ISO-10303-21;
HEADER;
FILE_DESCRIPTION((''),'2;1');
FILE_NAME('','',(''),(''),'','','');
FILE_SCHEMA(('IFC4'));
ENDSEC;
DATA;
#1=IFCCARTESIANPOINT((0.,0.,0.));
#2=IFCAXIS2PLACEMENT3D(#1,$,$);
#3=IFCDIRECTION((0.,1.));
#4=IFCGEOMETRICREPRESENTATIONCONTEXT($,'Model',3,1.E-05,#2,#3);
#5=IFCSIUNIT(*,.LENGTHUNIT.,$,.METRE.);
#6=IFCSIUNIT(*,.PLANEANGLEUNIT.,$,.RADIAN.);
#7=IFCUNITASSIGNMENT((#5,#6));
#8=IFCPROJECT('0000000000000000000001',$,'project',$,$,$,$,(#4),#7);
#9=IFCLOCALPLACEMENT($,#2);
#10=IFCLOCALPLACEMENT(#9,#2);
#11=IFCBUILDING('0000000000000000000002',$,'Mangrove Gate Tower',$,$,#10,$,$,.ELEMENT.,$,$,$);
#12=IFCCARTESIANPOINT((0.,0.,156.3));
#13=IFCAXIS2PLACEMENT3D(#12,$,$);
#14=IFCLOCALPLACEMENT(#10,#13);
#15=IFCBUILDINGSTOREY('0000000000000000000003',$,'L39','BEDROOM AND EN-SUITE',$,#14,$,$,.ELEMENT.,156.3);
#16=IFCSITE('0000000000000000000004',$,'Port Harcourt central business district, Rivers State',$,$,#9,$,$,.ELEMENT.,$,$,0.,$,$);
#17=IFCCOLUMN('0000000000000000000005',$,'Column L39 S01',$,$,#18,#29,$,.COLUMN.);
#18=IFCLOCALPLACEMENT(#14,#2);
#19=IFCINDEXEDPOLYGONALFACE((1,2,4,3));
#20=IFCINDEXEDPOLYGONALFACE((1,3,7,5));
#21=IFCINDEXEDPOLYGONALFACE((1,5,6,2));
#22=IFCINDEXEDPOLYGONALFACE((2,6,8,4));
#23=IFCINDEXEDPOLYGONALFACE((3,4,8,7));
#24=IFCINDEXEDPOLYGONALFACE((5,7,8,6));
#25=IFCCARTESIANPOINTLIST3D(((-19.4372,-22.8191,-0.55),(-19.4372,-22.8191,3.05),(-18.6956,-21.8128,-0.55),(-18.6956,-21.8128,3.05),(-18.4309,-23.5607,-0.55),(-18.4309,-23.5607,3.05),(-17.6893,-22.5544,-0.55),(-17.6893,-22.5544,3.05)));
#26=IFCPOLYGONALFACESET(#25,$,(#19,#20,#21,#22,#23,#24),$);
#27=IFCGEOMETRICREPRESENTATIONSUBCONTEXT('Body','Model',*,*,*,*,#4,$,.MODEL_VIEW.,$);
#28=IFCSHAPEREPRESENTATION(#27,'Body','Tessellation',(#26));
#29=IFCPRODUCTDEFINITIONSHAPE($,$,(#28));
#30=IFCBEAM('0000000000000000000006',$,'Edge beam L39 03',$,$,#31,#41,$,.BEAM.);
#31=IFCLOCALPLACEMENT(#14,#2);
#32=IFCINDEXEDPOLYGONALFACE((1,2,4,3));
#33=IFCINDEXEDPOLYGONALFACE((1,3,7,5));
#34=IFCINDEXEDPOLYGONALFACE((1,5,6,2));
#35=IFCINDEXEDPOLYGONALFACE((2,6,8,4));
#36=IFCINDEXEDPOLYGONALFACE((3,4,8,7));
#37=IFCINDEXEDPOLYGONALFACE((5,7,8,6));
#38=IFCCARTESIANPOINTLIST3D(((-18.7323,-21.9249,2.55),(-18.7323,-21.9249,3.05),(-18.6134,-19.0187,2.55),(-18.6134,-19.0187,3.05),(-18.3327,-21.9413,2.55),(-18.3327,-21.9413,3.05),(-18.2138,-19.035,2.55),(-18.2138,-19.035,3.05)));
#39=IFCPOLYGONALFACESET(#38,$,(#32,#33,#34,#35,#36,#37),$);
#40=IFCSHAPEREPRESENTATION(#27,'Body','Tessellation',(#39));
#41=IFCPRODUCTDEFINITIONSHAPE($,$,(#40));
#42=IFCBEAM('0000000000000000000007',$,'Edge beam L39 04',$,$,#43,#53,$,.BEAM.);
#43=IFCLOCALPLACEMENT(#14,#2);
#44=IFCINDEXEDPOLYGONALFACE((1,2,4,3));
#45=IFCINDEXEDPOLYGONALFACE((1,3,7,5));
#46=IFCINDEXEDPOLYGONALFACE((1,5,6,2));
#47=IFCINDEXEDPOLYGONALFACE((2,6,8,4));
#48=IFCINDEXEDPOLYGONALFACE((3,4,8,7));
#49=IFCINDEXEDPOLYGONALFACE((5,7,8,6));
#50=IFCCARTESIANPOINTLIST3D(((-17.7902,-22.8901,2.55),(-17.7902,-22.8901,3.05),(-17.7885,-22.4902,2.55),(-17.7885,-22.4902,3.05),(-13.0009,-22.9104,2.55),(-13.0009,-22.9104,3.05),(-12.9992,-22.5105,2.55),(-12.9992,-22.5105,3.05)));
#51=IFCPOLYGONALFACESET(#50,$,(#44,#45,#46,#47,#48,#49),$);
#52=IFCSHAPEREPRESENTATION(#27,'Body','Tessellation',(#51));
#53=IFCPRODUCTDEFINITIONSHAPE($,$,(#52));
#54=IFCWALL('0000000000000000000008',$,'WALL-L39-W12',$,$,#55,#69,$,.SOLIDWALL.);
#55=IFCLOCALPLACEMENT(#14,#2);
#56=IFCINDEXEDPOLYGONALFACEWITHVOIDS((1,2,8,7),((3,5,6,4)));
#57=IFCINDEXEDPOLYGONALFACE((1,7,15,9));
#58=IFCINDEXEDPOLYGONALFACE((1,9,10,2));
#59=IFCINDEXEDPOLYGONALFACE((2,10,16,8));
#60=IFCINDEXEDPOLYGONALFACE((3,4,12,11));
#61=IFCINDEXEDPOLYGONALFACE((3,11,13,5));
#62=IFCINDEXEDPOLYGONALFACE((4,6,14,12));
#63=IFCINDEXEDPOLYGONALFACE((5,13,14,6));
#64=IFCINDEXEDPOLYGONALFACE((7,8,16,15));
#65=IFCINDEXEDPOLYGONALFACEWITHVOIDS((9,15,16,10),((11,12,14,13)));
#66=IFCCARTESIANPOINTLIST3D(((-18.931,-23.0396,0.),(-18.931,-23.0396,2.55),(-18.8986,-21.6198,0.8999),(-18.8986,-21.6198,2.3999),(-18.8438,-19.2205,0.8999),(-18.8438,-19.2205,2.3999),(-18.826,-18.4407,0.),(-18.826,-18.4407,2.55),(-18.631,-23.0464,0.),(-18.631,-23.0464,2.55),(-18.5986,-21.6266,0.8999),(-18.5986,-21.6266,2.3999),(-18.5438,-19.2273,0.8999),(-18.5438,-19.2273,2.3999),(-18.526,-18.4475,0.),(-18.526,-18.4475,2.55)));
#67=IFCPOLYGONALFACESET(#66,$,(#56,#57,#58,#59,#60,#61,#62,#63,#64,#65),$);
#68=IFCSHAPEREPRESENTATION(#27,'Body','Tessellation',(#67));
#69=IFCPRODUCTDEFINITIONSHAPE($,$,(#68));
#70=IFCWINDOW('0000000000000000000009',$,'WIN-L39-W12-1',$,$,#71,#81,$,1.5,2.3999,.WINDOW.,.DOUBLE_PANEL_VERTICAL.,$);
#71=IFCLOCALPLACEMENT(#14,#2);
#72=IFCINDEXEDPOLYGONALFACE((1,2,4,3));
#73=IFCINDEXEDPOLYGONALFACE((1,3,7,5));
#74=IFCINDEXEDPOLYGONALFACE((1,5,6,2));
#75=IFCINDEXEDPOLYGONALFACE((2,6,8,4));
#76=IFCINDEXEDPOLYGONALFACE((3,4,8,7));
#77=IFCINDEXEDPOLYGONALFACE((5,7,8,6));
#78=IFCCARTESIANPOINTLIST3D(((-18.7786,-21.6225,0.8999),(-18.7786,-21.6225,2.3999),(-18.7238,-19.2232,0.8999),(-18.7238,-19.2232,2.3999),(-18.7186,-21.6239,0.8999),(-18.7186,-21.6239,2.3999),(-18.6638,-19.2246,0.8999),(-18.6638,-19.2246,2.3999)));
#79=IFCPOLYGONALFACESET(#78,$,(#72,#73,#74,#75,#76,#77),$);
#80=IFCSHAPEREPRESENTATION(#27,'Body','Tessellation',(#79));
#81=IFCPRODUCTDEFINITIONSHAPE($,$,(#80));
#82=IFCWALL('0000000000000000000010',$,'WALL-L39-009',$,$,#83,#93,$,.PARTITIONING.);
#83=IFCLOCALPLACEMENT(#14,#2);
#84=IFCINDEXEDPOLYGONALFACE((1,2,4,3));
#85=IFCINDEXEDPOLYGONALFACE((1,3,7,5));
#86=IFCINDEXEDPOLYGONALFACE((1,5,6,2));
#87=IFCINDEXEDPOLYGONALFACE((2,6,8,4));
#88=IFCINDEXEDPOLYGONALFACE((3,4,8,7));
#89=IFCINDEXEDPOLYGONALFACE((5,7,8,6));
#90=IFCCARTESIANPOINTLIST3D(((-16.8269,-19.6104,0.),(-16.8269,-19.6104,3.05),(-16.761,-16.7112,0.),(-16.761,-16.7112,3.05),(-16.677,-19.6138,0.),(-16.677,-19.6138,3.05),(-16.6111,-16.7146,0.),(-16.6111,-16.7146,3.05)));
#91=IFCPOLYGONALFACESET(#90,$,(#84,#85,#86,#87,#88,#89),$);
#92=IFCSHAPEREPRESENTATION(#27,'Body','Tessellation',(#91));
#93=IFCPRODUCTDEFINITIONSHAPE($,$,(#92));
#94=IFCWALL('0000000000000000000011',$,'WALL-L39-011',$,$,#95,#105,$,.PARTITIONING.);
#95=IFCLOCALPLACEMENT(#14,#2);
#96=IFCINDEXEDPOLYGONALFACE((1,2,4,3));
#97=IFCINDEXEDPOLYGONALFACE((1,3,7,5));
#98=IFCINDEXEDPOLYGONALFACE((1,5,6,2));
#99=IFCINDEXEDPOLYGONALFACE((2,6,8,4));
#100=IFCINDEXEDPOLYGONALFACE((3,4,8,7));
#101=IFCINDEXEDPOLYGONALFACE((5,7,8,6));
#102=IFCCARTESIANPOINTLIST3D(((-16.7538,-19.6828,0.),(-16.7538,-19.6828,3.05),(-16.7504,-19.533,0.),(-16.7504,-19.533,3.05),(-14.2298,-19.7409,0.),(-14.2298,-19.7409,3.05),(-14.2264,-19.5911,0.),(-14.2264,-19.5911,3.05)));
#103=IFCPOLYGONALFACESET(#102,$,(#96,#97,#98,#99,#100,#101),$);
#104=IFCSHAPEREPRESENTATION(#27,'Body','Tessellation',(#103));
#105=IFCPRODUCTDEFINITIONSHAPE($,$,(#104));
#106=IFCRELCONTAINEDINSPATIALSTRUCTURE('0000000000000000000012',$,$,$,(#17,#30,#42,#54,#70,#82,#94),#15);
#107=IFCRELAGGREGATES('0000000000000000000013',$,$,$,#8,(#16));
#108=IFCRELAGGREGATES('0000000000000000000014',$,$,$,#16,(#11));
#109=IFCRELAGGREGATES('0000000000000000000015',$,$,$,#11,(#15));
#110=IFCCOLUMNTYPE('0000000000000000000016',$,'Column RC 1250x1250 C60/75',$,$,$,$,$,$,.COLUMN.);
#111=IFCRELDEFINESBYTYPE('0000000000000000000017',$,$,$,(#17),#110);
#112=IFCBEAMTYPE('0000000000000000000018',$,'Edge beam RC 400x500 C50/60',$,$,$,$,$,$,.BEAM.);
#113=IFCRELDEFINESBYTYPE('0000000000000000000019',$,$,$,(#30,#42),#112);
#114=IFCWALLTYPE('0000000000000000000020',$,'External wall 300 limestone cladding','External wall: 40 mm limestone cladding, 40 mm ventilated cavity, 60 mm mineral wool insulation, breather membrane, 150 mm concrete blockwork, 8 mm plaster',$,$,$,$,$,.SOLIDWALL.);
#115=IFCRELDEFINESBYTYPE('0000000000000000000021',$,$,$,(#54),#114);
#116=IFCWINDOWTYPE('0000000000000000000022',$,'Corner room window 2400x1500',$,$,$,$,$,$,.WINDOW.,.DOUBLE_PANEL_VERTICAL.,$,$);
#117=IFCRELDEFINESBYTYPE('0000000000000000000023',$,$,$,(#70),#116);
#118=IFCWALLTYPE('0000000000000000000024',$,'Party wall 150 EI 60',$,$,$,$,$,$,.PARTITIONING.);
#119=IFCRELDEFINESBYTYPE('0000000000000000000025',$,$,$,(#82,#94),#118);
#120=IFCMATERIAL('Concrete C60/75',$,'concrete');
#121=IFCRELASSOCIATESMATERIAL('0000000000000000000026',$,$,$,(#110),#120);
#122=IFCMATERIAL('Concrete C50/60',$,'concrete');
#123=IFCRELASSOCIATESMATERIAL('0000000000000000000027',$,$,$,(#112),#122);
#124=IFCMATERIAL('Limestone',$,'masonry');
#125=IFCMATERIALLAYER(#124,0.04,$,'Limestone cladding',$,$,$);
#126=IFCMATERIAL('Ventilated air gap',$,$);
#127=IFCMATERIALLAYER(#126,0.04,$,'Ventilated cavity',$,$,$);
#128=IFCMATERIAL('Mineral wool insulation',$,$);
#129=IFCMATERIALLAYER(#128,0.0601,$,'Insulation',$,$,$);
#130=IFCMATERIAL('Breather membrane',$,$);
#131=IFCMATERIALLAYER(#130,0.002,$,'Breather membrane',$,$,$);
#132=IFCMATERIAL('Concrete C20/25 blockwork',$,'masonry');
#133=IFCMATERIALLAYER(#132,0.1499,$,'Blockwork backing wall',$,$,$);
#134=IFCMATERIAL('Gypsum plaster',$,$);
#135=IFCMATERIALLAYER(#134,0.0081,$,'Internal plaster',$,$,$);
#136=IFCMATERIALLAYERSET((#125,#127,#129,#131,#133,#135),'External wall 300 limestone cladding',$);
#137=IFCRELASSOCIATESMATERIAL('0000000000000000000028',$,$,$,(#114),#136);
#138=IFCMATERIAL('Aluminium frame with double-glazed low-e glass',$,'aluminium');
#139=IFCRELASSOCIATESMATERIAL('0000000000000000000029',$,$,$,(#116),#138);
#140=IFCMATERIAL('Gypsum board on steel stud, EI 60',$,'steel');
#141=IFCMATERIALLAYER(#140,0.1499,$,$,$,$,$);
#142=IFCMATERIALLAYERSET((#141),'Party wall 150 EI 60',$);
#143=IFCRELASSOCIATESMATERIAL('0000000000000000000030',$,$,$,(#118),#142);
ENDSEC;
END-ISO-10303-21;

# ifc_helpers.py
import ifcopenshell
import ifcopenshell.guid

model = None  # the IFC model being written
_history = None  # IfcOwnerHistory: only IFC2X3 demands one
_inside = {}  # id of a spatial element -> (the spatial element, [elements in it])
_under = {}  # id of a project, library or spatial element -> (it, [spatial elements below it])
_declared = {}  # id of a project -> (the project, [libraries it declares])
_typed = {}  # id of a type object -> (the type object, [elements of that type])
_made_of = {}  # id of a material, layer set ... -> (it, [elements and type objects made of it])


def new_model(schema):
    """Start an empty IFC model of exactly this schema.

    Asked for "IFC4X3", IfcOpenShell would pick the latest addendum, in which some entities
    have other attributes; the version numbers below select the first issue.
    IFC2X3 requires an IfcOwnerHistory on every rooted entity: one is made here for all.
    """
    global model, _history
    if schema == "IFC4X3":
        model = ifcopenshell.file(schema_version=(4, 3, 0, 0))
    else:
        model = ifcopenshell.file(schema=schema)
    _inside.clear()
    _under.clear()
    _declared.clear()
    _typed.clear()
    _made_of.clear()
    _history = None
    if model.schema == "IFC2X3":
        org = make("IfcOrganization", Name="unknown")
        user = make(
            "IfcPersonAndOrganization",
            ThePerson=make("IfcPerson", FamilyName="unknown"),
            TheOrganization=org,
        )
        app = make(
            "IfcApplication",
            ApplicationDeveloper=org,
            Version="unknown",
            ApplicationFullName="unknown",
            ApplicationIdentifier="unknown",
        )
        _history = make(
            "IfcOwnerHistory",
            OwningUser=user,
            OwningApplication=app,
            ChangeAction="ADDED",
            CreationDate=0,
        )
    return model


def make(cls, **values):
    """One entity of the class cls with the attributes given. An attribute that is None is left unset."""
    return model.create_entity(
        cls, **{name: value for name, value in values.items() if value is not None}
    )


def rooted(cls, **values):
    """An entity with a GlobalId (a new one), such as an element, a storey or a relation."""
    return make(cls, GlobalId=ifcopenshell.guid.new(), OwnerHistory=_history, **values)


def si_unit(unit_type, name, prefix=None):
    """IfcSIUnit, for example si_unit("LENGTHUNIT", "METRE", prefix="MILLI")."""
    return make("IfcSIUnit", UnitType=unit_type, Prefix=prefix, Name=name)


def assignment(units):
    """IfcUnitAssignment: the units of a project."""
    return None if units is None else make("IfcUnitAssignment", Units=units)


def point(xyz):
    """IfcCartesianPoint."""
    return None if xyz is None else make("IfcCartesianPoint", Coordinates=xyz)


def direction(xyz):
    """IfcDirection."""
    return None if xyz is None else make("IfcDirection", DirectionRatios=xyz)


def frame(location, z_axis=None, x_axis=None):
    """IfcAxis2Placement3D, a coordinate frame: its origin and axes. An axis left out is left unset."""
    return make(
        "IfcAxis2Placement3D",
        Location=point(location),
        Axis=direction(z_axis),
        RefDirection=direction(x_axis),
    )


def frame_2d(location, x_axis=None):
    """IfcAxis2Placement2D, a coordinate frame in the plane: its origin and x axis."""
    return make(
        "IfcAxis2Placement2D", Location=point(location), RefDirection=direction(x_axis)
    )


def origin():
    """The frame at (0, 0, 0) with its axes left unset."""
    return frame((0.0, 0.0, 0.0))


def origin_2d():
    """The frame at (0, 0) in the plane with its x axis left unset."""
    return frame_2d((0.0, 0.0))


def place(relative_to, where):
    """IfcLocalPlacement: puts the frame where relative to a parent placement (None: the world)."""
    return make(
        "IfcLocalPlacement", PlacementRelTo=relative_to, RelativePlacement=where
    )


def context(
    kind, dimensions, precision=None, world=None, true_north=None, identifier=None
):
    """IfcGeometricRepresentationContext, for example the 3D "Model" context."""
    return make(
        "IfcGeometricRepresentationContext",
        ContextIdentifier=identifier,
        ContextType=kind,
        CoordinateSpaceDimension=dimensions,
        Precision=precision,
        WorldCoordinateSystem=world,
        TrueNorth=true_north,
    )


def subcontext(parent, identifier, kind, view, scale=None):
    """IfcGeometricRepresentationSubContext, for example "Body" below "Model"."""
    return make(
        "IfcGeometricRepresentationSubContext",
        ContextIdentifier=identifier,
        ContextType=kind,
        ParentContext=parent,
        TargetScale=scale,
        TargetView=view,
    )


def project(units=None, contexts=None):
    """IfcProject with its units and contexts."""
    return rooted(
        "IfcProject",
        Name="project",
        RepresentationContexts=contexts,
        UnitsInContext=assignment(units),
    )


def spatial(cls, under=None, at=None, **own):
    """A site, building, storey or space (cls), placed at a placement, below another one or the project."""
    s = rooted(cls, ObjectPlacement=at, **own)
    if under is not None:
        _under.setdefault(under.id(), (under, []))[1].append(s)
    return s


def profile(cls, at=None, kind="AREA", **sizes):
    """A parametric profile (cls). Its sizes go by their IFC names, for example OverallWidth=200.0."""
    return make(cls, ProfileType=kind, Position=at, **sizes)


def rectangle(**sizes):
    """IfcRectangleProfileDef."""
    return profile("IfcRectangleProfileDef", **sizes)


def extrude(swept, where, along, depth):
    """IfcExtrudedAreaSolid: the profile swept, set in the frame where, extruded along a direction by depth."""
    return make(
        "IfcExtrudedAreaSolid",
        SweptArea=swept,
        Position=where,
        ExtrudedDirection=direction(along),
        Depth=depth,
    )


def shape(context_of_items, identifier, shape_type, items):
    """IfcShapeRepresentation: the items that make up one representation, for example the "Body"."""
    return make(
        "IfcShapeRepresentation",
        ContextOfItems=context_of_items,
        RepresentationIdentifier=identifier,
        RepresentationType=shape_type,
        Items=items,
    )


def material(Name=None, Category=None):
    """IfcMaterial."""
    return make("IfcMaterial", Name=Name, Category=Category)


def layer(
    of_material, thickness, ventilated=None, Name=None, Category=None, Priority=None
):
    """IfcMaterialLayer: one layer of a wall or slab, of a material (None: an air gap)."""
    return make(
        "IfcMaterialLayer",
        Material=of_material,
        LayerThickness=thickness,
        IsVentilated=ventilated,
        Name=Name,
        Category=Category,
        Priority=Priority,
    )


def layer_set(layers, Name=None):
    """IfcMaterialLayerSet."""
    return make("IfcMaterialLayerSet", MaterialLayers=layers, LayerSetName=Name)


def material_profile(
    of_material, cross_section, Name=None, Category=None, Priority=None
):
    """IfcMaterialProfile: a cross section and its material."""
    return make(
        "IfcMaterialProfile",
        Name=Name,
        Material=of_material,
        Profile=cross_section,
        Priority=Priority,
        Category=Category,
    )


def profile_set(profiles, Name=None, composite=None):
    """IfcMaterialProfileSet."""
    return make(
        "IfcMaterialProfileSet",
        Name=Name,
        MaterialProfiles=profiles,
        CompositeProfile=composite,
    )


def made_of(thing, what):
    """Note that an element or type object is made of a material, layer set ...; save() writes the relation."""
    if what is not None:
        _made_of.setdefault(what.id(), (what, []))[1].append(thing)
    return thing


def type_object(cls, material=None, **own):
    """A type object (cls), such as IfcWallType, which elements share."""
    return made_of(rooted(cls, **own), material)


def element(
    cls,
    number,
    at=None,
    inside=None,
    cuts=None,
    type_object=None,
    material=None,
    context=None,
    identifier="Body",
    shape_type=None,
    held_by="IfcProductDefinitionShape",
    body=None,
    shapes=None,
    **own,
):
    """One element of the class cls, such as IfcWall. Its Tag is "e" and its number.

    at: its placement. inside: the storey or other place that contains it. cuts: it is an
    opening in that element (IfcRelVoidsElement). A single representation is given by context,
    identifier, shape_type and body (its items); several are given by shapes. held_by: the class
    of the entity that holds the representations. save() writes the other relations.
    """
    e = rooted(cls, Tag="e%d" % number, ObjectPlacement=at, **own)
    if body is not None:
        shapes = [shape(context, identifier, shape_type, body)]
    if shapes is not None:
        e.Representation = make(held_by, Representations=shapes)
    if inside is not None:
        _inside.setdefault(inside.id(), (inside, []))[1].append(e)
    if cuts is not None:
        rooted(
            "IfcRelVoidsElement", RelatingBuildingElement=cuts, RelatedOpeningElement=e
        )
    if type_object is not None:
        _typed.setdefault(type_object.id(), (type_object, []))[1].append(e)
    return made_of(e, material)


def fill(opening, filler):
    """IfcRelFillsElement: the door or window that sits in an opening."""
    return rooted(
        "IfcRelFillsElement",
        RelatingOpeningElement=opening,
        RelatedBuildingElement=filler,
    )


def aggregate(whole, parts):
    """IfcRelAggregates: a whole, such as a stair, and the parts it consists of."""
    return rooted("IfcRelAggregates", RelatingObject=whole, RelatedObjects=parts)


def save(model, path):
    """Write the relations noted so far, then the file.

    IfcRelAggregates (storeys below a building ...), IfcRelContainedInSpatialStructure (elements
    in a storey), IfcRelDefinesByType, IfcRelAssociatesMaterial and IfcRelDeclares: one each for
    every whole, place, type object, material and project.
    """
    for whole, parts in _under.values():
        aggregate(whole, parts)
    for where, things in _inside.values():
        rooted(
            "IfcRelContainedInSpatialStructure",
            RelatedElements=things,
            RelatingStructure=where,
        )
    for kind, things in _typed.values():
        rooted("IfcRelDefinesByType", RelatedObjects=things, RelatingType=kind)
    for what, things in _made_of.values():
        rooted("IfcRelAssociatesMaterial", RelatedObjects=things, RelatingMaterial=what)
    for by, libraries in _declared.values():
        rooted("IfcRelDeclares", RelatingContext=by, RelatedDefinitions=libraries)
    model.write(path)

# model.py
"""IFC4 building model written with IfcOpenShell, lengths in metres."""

from ifc_helpers import new_model, si_unit, direction, frame, frame_2d, origin, origin_2d, place, context, subcontext, project, spatial, rectangle, extrude, material, layer, layer_set, material_profile, profile_set, type_object, element, fill, save


model = new_model("IFC4")

# Units and contexts
model_context = context("Model", 3, precision=1e-05, world=origin(), true_north=direction((0.0, 1.0)))
body_context = subcontext(model_context, "Body", "Model", "MODEL_VIEW")
ifc_project = project(units=[si_unit("LENGTHUNIT", "METRE"), si_unit("PLANEANGLEUNIT", "RADIAN")], contexts=[model_context])

# Site, building, storey
site_placement = place(None, origin())
site = spatial("IfcSite", under=ifc_project, at=site_placement, Name="Port Harcourt central business district, Rivers State", CompositionType="ELEMENT", RefElevation=0.0)
building_placement = place(site_placement, origin())
building = spatial("IfcBuilding", under=site, at=building_placement, Name="Mangrove Gate Tower", CompositionType="ELEMENT")
storey_placement = place(building_placement, frame((0.0, 0.0, 156.3)))
storey = spatial("IfcBuildingStorey", under=building, at=storey_placement, Name="L39", Description="BEDROOM AND EN-SUITE", CompositionType="ELEMENT", Elevation=156.3)

# Column
ifc_material_1 = material(Name="Concrete C60/75", Category="concrete")
ifc_material_profile_1 = material_profile(ifc_material_1, rectangle(XDim=1.25, YDim=1.25, at=origin_2d()))
ifc_profile_set_1 = profile_set([ifc_material_profile_1], Name="Concrete C60/75")
column_type = type_object("IfcColumnType", Name="Column RC 1250x1250 C60/75", PredefinedType="COLUMN", material=ifc_profile_set_1)
column_placement = place(storey_placement, frame((-18.5632, -22.6868, -0.55), z_axis=(0.0, 0.0, 1.0), x_axis=(0.804996, -0.59328, 0.0)))
element("IfcColumn", 1, at=column_placement, inside=storey, type_object=column_type, Name="Column L39 S01", PredefinedType="COLUMN", context=body_context, shape_type="SweptSolid", body=[
    extrude(rectangle(XDim=1.25, YDim=1.25, at=origin_2d()), origin(), (0.0, 0.0, 1.0), 3.6001),
])

# Beams
ifc_material_2 = material(Name="Concrete C50/60", Category="concrete")
ifc_material_profile_2 = material_profile(ifc_material_2, rectangle(XDim=0.3999, YDim=0.5, at=origin_2d()))
ifc_profile_set_2 = profile_set([ifc_material_profile_2], Name="Concrete C50/60")
beam_type = type_object("IfcBeamType", Name="Edge beam RC 400x500 C50/60", PredefinedType="BEAM", material=ifc_profile_set_2)
beam_1_placement = place(storey_placement, frame((-18.4136, -19.0269, 2.8), z_axis=(-0.040876, -0.999164, 0.0), x_axis=(0.999164, -0.040876, 0.0)))
element("IfcBeam", 2, at=beam_1_placement, inside=storey, type_object=beam_type, Name="Edge beam L39 03", PredefinedType="BEAM", context=body_context, shape_type="SweptSolid", body=[
    extrude(rectangle(XDim=0.3999, YDim=0.5, at=origin_2d()), origin(), (0.0, 0.0, 1.0), 2.9087),
])
beam_2_placement = place(storey_placement, frame((-17.7893, -22.6902, 2.8), z_axis=(0.999991, -0.004231, 0.0), x_axis=(0.004231, 0.999991, 0.0)))
element("IfcBeam", 3, at=beam_2_placement, inside=storey, type_object=beam_type, Name="Edge beam L39 04", PredefinedType="BEAM", context=body_context, shape_type="SweptSolid", body=[
    extrude(rectangle(XDim=0.3999, YDim=0.5, at=origin_2d()), origin(), (0.0, 0.0, 1.0), 4.7893),
])

# Wall, opening, window
ifc_material_3 = material(Name="Limestone", Category="masonry")
ifc_layer_1 = layer(ifc_material_3, 0.04, Name="Limestone cladding")
ifc_material_4 = material(Name="Ventilated air gap")
ifc_layer_2 = layer(ifc_material_4, 0.04, Name="Ventilated cavity")
ifc_material_5 = material(Name="Mineral wool insulation")
ifc_layer_3 = layer(ifc_material_5, 0.0601, Name="Insulation")
ifc_material_6 = material(Name="Breather membrane")
ifc_layer_4 = layer(ifc_material_6, 0.002, Name="Breather membrane")
ifc_material_7 = material(Name="Concrete C20/25 blockwork", Category="masonry")
ifc_layer_5 = layer(ifc_material_7, 0.1499, Name="Blockwork backing wall")
ifc_material_8 = material(Name="Gypsum plaster")
ifc_layer_6 = layer(ifc_material_8, 0.0081, Name="Internal plaster")
ifc_layer_set_1 = layer_set([ifc_layer_1, ifc_layer_2, ifc_layer_3, ifc_layer_4, ifc_layer_5, ifc_layer_6], Name="External wall 300 limestone cladding")
wall_type_1 = type_object("IfcWallType", Name="External wall 300 limestone cladding", Description="External wall: 40 mm limestone cladding, 40 mm ventilated cavity, 60 mm mineral wool insulation, breather membrane, 150 mm concrete blockwork, 8 mm plaster", PredefinedType="SOLIDWALL", material=ifc_layer_set_1)
wall_1_placement = place(storey_placement, frame((-18.676, -18.4441, 0.0), z_axis=(0.0, 0.0, 1.0), x_axis=(-0.022821, -0.99974, 0.0)))
wall_1 = element("IfcWall", 4, at=wall_1_placement, inside=storey, type_object=wall_type_1, Name="WALL-L39-W12", PredefinedType="SOLIDWALL", context=body_context, shape_type="SweptSolid", body=[
    extrude(rectangle(XDim=4.6001, YDim=0.3, at=frame_2d((2.3, 0.0))), origin(), (0.0, 0.0, 1.0), 2.55),
])
opening_1_placement = place(wall_1_placement, frame((0.78, 0.0, 0.8999)))
opening_1 = element("IfcOpeningElement", 5, at=opening_1_placement, cuts=wall_1, PredefinedType="OPENING", context=body_context, shape_type="SweptSolid", body=[
    extrude(rectangle(XDim=2.3999, YDim=1.5, at=frame_2d((1.2, 0.75))), frame((0.0, 0.1599, 0.0), z_axis=(0.0, -1.0, 0.0), x_axis=(1.0, 0.0, 0.0)), (0.0, 0.0, 1.0), 0.3201),
])
ifc_material_9 = material(Name="Aluminium frame with double-glazed low-e glass", Category="aluminium")
window_type = type_object("IfcWindowType", Name="Corner room window 2400x1500", PartitioningType="DOUBLE_PANEL_VERTICAL", PredefinedType="WINDOW", material=ifc_material_9)
window_1_placement = place(opening_1_placement, origin())
window_1 = element("IfcWindow", 6, at=window_1_placement, inside=storey, type_object=window_type, Name="WIN-L39-W12-1", OverallHeight=1.5, OverallWidth=2.3999, PartitioningType="DOUBLE_PANEL_VERTICAL", PredefinedType="WINDOW", context=body_context, shape_type="SweptSolid", body=[
    extrude(rectangle(XDim=2.3999, YDim=1.5, at=frame_2d((1.2, 0.75))), frame((0.0, 0.03, 0.0), z_axis=(0.0, -1.0, 0.0), x_axis=(1.0, 0.0, 0.0)), (0.0, 0.0, 1.0), 0.0601),
])
fill(opening_1, window_1)

# Walls
ifc_material_10 = material(Name="Gypsum board on steel stud, EI 60", Category="steel")
ifc_layer_7 = layer(ifc_material_10, 0.1499)
ifc_layer_set_2 = layer_set([ifc_layer_7], Name="Party wall 150 EI 60")
wall_type_2 = type_object("IfcWallType", Name="Party wall 150 EI 60", PredefinedType="PARTITIONING", material=ifc_layer_set_2)
wall_2_placement = place(storey_placement, frame((-16.752, -19.6121, 0.0), z_axis=(0.0, 0.0, 1.0), x_axis=(0.022731, 0.999742, 0.0)))
element("IfcWall", 7, at=wall_2_placement, inside=storey, type_object=wall_type_2, Name="WALL-L39-009", PredefinedType="PARTITIONING", context=body_context, shape_type="SweptSolid", body=[
    extrude(rectangle(XDim=2.8999, YDim=0.1499, at=frame_2d((1.45, 0.0))), origin(), (0.0, 0.0, 1.0), 3.05),
])
wall_3_placement = place(storey_placement, frame((-16.752, -19.6079, 0.0), z_axis=(0.0, 0.0, 1.0), x_axis=(0.999735, -0.023016, 0.0)))
element("IfcWall", 8, at=wall_3_placement, inside=storey, type_object=wall_type_2, Name="WALL-L39-011", PredefinedType="PARTITIONING", context=body_context, shape_type="SweptSolid", body=[
    extrude(rectangle(XDim=2.5247, YDim=0.1499, at=frame_2d((1.2622, 0.0))), origin(), (0.0, 0.0, 1.0), 3.05),
])

save(model, "model.ifc")
